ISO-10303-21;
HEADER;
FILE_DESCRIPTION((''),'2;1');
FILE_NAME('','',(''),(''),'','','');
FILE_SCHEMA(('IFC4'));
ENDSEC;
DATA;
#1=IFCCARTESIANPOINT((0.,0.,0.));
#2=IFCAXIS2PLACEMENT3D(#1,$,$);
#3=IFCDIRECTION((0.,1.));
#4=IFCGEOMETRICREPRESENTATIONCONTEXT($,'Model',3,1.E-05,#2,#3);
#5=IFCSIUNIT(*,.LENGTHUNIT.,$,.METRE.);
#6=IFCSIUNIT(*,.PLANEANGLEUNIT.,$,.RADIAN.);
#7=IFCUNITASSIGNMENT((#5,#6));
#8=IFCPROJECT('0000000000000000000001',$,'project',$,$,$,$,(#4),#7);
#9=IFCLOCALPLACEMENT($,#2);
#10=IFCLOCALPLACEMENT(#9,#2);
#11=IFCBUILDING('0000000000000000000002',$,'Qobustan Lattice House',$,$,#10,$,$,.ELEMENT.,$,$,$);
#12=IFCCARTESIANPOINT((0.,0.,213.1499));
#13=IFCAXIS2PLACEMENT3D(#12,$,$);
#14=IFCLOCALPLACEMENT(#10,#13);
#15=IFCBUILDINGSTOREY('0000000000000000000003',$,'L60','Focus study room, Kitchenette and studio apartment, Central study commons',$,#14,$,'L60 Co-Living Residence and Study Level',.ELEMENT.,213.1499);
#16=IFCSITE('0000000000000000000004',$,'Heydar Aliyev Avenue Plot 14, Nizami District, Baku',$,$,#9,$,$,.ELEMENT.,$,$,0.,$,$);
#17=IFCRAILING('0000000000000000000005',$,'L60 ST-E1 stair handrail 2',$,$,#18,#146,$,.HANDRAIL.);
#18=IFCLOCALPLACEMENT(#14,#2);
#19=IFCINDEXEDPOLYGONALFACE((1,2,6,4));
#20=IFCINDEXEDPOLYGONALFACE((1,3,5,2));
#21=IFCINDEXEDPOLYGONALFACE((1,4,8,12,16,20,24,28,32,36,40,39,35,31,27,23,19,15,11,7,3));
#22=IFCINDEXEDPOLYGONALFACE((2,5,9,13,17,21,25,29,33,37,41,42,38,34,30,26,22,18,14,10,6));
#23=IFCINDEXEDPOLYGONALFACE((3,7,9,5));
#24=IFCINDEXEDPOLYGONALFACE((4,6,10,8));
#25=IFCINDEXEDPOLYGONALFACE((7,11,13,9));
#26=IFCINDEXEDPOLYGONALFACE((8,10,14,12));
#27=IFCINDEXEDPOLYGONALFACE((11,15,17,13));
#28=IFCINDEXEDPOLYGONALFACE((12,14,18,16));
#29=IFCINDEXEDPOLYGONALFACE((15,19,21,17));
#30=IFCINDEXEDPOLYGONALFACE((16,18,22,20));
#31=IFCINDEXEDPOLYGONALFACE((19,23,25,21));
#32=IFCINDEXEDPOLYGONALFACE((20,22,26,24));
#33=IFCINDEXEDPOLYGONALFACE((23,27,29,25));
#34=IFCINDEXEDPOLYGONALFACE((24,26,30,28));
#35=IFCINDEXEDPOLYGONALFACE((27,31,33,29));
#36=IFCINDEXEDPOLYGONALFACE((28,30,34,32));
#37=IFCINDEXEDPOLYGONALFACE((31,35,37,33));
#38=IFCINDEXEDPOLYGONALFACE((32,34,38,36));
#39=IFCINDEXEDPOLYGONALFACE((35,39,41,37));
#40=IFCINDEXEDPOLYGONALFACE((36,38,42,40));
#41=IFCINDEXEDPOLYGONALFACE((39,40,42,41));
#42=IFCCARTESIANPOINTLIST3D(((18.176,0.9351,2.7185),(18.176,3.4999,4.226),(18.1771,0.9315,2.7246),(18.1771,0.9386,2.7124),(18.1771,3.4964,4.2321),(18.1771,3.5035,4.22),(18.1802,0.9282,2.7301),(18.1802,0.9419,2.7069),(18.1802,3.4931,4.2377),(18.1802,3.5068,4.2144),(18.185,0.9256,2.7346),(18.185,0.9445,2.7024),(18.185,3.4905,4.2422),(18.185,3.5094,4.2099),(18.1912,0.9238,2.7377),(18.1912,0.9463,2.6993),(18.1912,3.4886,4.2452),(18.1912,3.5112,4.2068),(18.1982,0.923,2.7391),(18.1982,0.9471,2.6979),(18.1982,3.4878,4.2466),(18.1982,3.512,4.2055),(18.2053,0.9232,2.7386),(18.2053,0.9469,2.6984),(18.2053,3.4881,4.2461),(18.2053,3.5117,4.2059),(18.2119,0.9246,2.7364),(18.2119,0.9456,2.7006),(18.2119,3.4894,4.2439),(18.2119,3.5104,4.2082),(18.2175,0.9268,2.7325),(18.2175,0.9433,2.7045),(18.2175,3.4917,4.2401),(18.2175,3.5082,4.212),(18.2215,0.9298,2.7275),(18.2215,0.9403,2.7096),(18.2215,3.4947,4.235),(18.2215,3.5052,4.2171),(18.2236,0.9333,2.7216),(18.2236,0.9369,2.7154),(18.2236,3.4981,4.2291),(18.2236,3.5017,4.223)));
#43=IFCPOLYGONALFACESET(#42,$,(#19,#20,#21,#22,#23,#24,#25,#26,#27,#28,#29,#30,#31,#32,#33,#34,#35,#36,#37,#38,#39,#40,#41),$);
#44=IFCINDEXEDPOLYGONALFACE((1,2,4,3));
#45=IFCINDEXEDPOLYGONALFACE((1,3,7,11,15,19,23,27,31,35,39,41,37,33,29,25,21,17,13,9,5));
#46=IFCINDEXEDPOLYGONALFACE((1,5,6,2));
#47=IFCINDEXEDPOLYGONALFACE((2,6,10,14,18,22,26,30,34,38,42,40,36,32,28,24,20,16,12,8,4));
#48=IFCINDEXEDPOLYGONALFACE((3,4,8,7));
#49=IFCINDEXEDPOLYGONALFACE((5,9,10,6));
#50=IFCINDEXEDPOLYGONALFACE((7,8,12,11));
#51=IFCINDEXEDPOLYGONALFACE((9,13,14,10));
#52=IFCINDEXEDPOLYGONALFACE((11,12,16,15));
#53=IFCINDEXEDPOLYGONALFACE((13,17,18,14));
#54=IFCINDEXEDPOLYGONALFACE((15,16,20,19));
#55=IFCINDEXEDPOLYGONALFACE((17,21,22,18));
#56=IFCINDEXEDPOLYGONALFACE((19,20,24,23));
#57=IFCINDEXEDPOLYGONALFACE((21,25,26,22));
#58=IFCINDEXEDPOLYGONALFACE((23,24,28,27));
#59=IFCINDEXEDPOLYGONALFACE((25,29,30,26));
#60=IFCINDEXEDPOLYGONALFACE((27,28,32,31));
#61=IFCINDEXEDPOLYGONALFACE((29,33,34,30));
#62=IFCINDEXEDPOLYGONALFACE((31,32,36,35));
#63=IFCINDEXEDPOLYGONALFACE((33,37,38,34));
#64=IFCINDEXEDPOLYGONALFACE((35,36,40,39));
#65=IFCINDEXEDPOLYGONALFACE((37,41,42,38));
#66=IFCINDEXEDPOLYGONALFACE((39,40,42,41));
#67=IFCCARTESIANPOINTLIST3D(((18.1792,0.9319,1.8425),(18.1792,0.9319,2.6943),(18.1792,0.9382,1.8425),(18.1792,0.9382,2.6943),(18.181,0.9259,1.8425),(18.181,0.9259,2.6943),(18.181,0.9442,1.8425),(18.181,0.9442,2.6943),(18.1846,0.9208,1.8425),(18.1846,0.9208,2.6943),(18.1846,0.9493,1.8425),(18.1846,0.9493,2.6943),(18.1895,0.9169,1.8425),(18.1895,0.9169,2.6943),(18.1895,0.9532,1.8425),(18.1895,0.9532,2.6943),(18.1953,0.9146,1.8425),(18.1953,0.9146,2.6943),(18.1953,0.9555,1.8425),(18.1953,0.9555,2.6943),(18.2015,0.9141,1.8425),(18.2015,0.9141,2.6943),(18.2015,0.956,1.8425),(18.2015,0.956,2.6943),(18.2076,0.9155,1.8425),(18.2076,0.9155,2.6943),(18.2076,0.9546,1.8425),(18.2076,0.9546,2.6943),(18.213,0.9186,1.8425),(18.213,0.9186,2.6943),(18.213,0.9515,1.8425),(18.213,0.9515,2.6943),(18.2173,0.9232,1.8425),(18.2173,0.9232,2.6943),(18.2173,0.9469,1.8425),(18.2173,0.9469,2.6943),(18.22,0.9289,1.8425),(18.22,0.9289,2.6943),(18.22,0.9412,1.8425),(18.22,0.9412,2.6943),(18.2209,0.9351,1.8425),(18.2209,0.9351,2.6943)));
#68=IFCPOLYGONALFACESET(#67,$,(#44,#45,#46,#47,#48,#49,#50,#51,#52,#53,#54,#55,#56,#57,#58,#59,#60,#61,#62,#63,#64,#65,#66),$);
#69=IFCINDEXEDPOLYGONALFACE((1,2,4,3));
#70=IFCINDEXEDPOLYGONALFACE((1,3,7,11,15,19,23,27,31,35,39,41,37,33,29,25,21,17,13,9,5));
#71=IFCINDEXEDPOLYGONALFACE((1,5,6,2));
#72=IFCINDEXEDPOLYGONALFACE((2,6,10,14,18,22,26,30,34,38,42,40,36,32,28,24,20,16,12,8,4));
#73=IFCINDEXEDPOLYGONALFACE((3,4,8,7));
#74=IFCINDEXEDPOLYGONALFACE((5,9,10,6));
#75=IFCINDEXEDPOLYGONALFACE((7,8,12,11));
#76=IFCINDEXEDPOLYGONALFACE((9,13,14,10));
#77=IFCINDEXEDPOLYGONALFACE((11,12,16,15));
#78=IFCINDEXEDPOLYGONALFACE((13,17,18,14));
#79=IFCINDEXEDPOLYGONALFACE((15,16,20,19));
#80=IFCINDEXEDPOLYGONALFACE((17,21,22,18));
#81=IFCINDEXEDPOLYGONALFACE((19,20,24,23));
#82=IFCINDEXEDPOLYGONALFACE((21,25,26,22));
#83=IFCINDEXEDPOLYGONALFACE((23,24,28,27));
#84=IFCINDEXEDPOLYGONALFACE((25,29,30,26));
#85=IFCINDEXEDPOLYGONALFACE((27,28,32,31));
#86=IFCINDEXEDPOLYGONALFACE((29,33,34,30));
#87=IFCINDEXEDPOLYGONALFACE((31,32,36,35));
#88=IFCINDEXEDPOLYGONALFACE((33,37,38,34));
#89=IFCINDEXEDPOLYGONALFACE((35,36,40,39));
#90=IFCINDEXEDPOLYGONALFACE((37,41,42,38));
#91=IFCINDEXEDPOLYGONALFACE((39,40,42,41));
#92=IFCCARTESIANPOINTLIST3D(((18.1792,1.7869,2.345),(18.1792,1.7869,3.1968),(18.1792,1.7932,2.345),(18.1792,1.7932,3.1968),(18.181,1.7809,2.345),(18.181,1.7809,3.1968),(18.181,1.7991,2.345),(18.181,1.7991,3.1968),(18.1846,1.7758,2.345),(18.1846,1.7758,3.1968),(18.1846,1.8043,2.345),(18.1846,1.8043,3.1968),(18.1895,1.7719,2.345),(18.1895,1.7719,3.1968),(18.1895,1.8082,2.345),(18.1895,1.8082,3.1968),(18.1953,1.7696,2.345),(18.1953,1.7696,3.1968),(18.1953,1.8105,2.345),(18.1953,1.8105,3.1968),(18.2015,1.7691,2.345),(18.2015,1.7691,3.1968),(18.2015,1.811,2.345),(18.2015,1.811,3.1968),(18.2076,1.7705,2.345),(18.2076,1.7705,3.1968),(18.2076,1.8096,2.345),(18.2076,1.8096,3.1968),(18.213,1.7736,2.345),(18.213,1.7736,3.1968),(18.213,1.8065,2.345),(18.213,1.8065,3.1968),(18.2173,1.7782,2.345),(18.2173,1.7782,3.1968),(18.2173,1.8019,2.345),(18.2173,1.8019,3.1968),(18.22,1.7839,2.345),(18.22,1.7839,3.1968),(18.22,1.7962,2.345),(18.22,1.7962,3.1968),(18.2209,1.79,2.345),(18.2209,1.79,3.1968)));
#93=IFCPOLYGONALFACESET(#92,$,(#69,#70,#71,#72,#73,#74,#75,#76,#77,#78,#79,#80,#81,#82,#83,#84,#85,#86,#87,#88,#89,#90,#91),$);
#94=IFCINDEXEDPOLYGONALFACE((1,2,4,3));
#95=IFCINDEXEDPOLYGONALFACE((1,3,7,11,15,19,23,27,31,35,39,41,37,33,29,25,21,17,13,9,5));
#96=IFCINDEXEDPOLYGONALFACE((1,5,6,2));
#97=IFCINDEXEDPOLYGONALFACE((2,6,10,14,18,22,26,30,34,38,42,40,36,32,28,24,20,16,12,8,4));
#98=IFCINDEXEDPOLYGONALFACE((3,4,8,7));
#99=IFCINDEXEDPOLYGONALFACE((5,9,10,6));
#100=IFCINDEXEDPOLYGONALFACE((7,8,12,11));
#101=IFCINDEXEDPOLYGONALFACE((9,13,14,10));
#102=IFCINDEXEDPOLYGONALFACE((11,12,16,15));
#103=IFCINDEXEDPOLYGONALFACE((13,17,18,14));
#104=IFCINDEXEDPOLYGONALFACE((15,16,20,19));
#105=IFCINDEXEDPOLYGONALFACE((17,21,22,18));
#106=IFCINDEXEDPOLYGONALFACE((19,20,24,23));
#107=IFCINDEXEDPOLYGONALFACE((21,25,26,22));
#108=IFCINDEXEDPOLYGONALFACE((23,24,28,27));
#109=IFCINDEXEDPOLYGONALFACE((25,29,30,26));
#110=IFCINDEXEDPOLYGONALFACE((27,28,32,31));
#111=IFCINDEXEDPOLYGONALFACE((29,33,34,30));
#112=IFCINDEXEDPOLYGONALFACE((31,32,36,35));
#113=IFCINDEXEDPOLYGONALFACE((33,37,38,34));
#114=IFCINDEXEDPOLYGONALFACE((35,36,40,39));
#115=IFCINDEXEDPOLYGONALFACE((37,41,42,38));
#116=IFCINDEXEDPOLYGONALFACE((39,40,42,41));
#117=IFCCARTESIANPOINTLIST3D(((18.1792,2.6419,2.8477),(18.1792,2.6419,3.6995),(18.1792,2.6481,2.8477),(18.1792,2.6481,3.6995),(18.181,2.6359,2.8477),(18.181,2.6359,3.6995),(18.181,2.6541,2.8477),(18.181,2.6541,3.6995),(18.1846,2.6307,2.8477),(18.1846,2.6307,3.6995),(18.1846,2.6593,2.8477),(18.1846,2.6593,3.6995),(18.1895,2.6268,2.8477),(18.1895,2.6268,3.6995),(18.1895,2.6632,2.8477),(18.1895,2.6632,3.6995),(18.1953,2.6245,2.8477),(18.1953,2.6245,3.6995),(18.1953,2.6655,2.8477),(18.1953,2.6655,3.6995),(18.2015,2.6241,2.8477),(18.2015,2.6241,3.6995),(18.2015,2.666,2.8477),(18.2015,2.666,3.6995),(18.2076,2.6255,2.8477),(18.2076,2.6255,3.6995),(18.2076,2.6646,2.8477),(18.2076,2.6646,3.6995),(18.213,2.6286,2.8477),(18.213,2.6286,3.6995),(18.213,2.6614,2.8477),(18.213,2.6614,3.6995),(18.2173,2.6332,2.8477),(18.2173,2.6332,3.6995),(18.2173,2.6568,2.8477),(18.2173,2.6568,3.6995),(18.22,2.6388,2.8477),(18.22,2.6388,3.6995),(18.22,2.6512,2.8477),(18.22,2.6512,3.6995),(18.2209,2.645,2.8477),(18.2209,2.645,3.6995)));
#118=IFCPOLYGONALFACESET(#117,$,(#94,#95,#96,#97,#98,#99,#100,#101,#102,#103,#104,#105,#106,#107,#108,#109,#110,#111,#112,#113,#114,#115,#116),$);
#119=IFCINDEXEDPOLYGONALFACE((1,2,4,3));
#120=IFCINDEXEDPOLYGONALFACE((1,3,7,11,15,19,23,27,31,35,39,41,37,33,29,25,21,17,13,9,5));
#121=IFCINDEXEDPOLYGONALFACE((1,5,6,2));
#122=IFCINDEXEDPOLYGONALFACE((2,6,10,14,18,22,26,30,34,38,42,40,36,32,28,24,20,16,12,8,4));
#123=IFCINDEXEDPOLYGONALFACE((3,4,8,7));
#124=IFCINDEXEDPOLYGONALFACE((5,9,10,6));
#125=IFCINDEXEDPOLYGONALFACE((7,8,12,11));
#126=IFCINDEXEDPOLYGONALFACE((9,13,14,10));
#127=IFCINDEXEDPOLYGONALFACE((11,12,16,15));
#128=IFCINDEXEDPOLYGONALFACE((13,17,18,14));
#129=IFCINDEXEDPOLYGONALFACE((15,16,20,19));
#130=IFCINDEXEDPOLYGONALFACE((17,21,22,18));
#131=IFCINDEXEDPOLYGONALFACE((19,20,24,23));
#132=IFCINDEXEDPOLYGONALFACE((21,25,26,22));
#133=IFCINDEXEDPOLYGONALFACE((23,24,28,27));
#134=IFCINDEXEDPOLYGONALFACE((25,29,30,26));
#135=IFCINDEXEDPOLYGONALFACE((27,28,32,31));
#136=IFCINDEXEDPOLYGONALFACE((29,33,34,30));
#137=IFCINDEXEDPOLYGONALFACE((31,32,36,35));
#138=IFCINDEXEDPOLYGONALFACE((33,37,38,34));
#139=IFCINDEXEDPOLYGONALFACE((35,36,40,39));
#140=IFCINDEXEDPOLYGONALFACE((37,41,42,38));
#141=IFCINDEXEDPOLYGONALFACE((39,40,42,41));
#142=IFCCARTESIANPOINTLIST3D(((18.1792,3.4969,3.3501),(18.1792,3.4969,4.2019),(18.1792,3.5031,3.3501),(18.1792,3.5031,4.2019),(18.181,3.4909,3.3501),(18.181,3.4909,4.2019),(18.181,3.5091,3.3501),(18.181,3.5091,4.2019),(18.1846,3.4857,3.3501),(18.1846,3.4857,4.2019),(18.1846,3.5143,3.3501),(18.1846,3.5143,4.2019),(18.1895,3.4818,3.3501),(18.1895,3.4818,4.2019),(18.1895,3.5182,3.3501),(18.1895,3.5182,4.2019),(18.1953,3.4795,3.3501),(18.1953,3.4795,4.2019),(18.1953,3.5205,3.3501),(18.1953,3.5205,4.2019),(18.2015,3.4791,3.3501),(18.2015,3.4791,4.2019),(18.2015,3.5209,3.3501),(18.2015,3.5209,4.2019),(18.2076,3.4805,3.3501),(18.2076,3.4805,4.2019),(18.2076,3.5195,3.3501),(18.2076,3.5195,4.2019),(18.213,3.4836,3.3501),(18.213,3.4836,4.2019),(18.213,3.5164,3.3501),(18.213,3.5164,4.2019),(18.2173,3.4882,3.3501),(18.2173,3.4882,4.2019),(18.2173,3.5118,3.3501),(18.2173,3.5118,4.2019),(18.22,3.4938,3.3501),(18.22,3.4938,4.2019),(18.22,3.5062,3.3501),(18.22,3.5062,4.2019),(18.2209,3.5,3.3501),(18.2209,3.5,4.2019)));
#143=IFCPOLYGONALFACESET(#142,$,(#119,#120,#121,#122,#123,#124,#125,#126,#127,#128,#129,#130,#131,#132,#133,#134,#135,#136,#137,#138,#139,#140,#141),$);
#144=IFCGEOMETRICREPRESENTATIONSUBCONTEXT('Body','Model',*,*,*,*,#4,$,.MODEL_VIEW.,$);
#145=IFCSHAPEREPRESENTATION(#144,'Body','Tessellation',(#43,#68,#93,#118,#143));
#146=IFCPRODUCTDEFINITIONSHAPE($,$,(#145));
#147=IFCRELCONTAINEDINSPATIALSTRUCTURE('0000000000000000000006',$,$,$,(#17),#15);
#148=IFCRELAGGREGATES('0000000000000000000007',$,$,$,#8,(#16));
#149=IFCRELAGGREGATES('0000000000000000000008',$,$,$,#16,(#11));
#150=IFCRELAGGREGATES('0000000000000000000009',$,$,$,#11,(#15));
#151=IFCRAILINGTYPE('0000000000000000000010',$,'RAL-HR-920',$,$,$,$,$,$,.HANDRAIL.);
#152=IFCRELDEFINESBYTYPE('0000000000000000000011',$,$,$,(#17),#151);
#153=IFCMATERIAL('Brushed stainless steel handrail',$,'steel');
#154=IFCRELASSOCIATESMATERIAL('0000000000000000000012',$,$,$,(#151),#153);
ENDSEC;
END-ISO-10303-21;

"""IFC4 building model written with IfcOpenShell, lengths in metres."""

from ifc_helpers import new_model, si_unit, direction, frame, origin, origin_2d, place, context, subcontext, project, spatial, circle, extrude, material, type_object, element, save


model = new_model("IFC4")

# Units and contexts
model_context = context("Model", 3, precision=1e-05, world=origin(), true_north=direction((0.0, 1.0)))
body_context = subcontext(model_context, "Body", "Model", "MODEL_VIEW")
ifc_project = project(units=[si_unit("LENGTHUNIT", "METRE"), si_unit("PLANEANGLEUNIT", "RADIAN")], contexts=[model_context])

# Site, building, storey
site_placement = place(None, origin())
site = spatial("IfcSite", under=ifc_project, at=site_placement, Name="Heydar Aliyev Avenue Plot 14, Nizami District, Baku", CompositionType="ELEMENT", RefElevation=0.0)
building_placement = place(site_placement, origin())
building = spatial("IfcBuilding", under=site, at=building_placement, Name="Qobustan Lattice House", CompositionType="ELEMENT")
storey_placement = place(building_placement, frame((0.0, 0.0, 213.1499)))
storey = spatial("IfcBuildingStorey", under=building, at=storey_placement, Name="L60", Description="Focus study room, Kitchenette and studio apartment, Central study commons", LongName="L60 Co-Living Residence and Study Level", CompositionType="ELEMENT", Elevation=213.1499)

# Railing
ifc_material_1 = material(Name="Brushed stainless steel handrail", Category="steel")
railing_type_1 = type_object("IfcRailingType", Name="RAL-HR-920", PredefinedType="HANDRAIL", material=ifc_material_1)
railing_1_placement = place(storey_placement, frame((18.2, 0.9351, 1.8425)))
element("IfcRailing", 1, at=railing_1_placement, inside=storey, type_object=railing_type_1, Name="L60 ST-E1 stair handrail 2", PredefinedType="HANDRAIL", context=body_context, shape_type="SweptSolid", body=[
    extrude(circle(Radius=0.0239, at=origin_2d()), frame((0.0, 0.0, 0.876), z_axis=(0.0, 0.862113, 0.506715), x_axis=(-1.0, 0.0, 0.0)), (0.0, 0.0, 1.0), 2.9751),
    extrude(circle(Radius=0.021, at=origin_2d()), origin(), (0.0, 0.0, 1.0), 0.8518),
    extrude(circle(Radius=0.021, at=origin_2d()), frame((0.0, 0.855, 0.5024)), (0.0, 0.0, 1.0), 0.8518),
    extrude(circle(Radius=0.021, at=origin_2d()), frame((0.0, 1.71, 1.0051)), (0.0, 0.0, 1.0), 0.8518),
    extrude(circle(Radius=0.021, at=origin_2d()), frame((0.0, 2.5649, 1.5076)), (0.0, 0.0, 1.0), 0.8518),
])

save(model, "model.ifc")
